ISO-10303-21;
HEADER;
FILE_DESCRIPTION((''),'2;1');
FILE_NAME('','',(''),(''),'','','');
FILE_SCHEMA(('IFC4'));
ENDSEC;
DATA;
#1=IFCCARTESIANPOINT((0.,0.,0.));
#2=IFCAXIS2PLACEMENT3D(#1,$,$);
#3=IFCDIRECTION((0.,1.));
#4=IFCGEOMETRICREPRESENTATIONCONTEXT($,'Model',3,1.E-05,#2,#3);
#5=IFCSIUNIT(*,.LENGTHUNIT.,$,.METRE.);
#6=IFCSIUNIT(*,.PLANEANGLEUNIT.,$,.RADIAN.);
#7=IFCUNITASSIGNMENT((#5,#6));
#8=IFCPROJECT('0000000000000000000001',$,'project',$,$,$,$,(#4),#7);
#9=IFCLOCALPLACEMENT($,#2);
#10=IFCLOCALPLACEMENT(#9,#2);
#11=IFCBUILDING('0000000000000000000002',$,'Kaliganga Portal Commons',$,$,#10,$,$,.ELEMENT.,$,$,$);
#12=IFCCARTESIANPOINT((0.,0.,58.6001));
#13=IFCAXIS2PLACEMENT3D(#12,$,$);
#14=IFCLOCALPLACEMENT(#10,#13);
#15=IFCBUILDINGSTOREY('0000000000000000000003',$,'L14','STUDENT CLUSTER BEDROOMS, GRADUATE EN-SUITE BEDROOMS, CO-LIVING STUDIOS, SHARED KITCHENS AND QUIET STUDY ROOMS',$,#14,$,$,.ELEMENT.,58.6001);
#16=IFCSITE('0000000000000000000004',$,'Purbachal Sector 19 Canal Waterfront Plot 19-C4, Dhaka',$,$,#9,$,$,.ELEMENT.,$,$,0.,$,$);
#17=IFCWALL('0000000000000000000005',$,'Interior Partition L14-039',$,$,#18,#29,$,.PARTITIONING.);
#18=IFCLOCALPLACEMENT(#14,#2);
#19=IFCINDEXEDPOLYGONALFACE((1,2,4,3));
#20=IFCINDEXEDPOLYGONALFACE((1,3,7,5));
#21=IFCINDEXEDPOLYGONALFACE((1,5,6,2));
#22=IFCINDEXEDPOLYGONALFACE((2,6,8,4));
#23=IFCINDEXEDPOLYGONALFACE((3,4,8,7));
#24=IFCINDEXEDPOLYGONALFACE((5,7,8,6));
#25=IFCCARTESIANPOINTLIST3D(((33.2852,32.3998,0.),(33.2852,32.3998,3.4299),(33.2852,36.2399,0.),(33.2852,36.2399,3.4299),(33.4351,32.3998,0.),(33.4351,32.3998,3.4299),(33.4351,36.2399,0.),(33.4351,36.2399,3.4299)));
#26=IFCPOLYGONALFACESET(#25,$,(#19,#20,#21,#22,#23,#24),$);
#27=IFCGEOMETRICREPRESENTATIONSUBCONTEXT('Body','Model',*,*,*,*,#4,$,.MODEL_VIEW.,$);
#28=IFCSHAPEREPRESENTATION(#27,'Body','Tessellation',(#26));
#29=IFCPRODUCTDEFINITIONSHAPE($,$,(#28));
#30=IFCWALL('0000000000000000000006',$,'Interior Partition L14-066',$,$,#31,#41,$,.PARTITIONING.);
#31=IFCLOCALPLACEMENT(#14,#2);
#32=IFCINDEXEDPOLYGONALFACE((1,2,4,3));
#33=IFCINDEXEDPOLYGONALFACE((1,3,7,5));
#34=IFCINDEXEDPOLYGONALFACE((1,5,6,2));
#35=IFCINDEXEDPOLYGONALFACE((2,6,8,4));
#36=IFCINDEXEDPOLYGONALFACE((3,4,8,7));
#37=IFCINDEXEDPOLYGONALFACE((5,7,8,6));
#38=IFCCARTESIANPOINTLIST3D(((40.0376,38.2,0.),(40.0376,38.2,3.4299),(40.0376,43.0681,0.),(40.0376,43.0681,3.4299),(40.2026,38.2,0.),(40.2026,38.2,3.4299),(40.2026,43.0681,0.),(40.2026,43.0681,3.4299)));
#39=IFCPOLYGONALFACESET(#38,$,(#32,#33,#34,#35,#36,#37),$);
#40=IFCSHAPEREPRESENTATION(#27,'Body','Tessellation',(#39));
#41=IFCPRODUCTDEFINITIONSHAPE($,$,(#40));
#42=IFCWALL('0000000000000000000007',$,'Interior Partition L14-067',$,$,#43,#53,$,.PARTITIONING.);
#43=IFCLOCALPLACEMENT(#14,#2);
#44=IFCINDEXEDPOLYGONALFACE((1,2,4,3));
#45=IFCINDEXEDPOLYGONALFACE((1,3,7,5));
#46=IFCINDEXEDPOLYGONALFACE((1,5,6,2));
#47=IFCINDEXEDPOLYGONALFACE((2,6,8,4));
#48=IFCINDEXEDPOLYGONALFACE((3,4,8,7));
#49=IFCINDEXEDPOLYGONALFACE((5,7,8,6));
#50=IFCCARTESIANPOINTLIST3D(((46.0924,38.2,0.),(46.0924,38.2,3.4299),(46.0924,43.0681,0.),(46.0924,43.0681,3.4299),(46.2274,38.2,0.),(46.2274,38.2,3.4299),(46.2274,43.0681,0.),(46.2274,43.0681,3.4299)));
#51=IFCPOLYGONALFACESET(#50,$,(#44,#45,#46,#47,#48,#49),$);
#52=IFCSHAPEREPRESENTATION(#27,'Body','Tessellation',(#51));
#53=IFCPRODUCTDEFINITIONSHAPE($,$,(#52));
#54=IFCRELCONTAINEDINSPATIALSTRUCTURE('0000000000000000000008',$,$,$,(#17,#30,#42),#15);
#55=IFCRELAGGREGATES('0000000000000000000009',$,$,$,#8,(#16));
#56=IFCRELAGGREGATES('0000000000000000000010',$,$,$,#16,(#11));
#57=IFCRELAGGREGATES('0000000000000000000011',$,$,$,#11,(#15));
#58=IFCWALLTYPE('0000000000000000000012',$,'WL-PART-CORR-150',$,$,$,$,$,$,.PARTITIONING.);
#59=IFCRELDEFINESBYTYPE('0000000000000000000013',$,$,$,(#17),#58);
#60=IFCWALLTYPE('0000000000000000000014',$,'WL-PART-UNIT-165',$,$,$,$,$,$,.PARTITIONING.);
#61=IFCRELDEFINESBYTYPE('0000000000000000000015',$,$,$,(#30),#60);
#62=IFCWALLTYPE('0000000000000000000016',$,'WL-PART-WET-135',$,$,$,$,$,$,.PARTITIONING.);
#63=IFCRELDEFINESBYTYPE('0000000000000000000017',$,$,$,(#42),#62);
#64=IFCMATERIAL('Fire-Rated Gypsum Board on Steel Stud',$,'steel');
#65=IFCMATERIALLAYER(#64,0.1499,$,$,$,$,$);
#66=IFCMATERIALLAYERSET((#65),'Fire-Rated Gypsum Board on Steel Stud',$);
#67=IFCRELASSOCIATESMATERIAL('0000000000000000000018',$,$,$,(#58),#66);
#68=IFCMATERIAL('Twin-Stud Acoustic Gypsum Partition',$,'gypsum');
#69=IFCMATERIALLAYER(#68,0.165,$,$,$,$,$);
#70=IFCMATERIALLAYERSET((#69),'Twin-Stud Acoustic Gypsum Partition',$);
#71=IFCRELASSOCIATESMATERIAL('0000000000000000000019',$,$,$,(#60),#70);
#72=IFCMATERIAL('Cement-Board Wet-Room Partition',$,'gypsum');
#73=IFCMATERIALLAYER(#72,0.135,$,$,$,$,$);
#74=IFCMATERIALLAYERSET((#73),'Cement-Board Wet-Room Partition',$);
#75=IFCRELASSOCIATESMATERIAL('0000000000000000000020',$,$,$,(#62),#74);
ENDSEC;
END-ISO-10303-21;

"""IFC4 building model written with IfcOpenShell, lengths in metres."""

from ifc_helpers import new_model, si_unit, direction, frame, frame_2d, origin, place, context, subcontext, project, spatial, rectangle, extrude, material, layer, layer_set, type_object, element, save


model = new_model("IFC4")

# Units and contexts
model_context = context("Model", 3, precision=1e-05, world=origin(), true_north=direction((0.0, 1.0)))
body_context = subcontext(model_context, "Body", "Model", "MODEL_VIEW")
ifc_project = project(units=[si_unit("LENGTHUNIT", "METRE"), si_unit("PLANEANGLEUNIT", "RADIAN")], contexts=[model_context])

# Site, building, storey
site_placement = place(None, origin())
site = spatial("IfcSite", under=ifc_project, at=site_placement, Name="Purbachal Sector 19 Canal Waterfront Plot 19-C4, Dhaka", CompositionType="ELEMENT", RefElevation=0.0)
building_placement = place(site_placement, origin())
building = spatial("IfcBuilding", under=site, at=building_placement, Name="Kaliganga Portal Commons", CompositionType="ELEMENT")
storey_placement = place(building_placement, frame((0.0, 0.0, 58.6001)))
storey = spatial("IfcBuildingStorey", under=building, at=storey_placement, Name="L14", Description="STUDENT CLUSTER BEDROOMS, GRADUATE EN-SUITE BEDROOMS, CO-LIVING STUDIOS, SHARED KITCHENS AND QUIET STUDY ROOMS", CompositionType="ELEMENT", Elevation=58.6001)

# Shared definitions
ifc_material_1 = material(Name="Fire-Rated Gypsum Board on Steel Stud", Category="steel")
ifc_layer_1 = layer(ifc_material_1, 0.1499)
ifc_layer_set_1 = layer_set([ifc_layer_1], Name="Fire-Rated Gypsum Board on Steel Stud")
wall_type_1 = type_object("IfcWallType", Name="WL-PART-CORR-150", PredefinedType="PARTITIONING", material=ifc_layer_set_1)

# Wall
wall_1_placement = place(storey_placement, frame((33.3601, 32.3999, 0.0), z_axis=(0.0, 0.0, 1.0), x_axis=(0.0, 1.0, 0.0)))
element("IfcWall", 1, at=wall_1_placement, inside=storey, type_object=wall_type_1, Name="Interior Partition L14-039", PredefinedType="PARTITIONING", context=body_context, shape_type="SweptSolid", body=[
    extrude(rectangle(XDim=3.8401, YDim=0.1499, at=frame_2d((1.9199, 0.0))), origin(), (0.0, 0.0, 1.0), 3.4299),
])

# Walls
ifc_material_2 = material(Name="Twin-Stud Acoustic Gypsum Partition", Category="gypsum")
ifc_layer_2 = layer(ifc_material_2, 0.165)
ifc_layer_set_2 = layer_set([ifc_layer_2], Name="Twin-Stud Acoustic Gypsum Partition")
wall_type_2 = type_object("IfcWallType", Name="WL-PART-UNIT-165", PredefinedType="PARTITIONING", material=ifc_layer_set_2)
wall_2_placement = place(storey_placement, frame((40.1201, 38.2, 0.0), z_axis=(0.0, 0.0, 1.0), x_axis=(0.0, 1.0, 0.0)))
element("IfcWall", 2, at=wall_2_placement, inside=storey, type_object=wall_type_2, Name="Interior Partition L14-066", PredefinedType="PARTITIONING", context=body_context, shape_type="SweptSolid", body=[
    extrude(rectangle(XDim=4.8682, YDim=0.165, at=frame_2d((2.4341, 0.0))), origin(), (0.0, 0.0, 1.0), 3.4299),
])
ifc_material_3 = material(Name="Cement-Board Wet-Room Partition", Category="gypsum")
ifc_layer_3 = layer(ifc_material_3, 0.135)
ifc_layer_set_3 = layer_set([ifc_layer_3], Name="Cement-Board Wet-Room Partition")
wall_type_3 = type_object("IfcWallType", Name="WL-PART-WET-135", PredefinedType="PARTITIONING", material=ifc_layer_set_3)
wall_3_placement = place(storey_placement, frame((46.1599, 38.2, 0.0), z_axis=(0.0, 0.0, 1.0), x_axis=(0.0, 1.0, 0.0)))
element("IfcWall", 3, at=wall_3_placement, inside=storey, type_object=wall_type_3, Name="Interior Partition L14-067", PredefinedType="PARTITIONING", context=body_context, shape_type="SweptSolid", body=[
    extrude(rectangle(XDim=4.8682, YDim=0.135, at=frame_2d((2.4341, 0.0))), origin(), (0.0, 0.0, 1.0), 3.4299),
])

save(model, "model.ifc")
